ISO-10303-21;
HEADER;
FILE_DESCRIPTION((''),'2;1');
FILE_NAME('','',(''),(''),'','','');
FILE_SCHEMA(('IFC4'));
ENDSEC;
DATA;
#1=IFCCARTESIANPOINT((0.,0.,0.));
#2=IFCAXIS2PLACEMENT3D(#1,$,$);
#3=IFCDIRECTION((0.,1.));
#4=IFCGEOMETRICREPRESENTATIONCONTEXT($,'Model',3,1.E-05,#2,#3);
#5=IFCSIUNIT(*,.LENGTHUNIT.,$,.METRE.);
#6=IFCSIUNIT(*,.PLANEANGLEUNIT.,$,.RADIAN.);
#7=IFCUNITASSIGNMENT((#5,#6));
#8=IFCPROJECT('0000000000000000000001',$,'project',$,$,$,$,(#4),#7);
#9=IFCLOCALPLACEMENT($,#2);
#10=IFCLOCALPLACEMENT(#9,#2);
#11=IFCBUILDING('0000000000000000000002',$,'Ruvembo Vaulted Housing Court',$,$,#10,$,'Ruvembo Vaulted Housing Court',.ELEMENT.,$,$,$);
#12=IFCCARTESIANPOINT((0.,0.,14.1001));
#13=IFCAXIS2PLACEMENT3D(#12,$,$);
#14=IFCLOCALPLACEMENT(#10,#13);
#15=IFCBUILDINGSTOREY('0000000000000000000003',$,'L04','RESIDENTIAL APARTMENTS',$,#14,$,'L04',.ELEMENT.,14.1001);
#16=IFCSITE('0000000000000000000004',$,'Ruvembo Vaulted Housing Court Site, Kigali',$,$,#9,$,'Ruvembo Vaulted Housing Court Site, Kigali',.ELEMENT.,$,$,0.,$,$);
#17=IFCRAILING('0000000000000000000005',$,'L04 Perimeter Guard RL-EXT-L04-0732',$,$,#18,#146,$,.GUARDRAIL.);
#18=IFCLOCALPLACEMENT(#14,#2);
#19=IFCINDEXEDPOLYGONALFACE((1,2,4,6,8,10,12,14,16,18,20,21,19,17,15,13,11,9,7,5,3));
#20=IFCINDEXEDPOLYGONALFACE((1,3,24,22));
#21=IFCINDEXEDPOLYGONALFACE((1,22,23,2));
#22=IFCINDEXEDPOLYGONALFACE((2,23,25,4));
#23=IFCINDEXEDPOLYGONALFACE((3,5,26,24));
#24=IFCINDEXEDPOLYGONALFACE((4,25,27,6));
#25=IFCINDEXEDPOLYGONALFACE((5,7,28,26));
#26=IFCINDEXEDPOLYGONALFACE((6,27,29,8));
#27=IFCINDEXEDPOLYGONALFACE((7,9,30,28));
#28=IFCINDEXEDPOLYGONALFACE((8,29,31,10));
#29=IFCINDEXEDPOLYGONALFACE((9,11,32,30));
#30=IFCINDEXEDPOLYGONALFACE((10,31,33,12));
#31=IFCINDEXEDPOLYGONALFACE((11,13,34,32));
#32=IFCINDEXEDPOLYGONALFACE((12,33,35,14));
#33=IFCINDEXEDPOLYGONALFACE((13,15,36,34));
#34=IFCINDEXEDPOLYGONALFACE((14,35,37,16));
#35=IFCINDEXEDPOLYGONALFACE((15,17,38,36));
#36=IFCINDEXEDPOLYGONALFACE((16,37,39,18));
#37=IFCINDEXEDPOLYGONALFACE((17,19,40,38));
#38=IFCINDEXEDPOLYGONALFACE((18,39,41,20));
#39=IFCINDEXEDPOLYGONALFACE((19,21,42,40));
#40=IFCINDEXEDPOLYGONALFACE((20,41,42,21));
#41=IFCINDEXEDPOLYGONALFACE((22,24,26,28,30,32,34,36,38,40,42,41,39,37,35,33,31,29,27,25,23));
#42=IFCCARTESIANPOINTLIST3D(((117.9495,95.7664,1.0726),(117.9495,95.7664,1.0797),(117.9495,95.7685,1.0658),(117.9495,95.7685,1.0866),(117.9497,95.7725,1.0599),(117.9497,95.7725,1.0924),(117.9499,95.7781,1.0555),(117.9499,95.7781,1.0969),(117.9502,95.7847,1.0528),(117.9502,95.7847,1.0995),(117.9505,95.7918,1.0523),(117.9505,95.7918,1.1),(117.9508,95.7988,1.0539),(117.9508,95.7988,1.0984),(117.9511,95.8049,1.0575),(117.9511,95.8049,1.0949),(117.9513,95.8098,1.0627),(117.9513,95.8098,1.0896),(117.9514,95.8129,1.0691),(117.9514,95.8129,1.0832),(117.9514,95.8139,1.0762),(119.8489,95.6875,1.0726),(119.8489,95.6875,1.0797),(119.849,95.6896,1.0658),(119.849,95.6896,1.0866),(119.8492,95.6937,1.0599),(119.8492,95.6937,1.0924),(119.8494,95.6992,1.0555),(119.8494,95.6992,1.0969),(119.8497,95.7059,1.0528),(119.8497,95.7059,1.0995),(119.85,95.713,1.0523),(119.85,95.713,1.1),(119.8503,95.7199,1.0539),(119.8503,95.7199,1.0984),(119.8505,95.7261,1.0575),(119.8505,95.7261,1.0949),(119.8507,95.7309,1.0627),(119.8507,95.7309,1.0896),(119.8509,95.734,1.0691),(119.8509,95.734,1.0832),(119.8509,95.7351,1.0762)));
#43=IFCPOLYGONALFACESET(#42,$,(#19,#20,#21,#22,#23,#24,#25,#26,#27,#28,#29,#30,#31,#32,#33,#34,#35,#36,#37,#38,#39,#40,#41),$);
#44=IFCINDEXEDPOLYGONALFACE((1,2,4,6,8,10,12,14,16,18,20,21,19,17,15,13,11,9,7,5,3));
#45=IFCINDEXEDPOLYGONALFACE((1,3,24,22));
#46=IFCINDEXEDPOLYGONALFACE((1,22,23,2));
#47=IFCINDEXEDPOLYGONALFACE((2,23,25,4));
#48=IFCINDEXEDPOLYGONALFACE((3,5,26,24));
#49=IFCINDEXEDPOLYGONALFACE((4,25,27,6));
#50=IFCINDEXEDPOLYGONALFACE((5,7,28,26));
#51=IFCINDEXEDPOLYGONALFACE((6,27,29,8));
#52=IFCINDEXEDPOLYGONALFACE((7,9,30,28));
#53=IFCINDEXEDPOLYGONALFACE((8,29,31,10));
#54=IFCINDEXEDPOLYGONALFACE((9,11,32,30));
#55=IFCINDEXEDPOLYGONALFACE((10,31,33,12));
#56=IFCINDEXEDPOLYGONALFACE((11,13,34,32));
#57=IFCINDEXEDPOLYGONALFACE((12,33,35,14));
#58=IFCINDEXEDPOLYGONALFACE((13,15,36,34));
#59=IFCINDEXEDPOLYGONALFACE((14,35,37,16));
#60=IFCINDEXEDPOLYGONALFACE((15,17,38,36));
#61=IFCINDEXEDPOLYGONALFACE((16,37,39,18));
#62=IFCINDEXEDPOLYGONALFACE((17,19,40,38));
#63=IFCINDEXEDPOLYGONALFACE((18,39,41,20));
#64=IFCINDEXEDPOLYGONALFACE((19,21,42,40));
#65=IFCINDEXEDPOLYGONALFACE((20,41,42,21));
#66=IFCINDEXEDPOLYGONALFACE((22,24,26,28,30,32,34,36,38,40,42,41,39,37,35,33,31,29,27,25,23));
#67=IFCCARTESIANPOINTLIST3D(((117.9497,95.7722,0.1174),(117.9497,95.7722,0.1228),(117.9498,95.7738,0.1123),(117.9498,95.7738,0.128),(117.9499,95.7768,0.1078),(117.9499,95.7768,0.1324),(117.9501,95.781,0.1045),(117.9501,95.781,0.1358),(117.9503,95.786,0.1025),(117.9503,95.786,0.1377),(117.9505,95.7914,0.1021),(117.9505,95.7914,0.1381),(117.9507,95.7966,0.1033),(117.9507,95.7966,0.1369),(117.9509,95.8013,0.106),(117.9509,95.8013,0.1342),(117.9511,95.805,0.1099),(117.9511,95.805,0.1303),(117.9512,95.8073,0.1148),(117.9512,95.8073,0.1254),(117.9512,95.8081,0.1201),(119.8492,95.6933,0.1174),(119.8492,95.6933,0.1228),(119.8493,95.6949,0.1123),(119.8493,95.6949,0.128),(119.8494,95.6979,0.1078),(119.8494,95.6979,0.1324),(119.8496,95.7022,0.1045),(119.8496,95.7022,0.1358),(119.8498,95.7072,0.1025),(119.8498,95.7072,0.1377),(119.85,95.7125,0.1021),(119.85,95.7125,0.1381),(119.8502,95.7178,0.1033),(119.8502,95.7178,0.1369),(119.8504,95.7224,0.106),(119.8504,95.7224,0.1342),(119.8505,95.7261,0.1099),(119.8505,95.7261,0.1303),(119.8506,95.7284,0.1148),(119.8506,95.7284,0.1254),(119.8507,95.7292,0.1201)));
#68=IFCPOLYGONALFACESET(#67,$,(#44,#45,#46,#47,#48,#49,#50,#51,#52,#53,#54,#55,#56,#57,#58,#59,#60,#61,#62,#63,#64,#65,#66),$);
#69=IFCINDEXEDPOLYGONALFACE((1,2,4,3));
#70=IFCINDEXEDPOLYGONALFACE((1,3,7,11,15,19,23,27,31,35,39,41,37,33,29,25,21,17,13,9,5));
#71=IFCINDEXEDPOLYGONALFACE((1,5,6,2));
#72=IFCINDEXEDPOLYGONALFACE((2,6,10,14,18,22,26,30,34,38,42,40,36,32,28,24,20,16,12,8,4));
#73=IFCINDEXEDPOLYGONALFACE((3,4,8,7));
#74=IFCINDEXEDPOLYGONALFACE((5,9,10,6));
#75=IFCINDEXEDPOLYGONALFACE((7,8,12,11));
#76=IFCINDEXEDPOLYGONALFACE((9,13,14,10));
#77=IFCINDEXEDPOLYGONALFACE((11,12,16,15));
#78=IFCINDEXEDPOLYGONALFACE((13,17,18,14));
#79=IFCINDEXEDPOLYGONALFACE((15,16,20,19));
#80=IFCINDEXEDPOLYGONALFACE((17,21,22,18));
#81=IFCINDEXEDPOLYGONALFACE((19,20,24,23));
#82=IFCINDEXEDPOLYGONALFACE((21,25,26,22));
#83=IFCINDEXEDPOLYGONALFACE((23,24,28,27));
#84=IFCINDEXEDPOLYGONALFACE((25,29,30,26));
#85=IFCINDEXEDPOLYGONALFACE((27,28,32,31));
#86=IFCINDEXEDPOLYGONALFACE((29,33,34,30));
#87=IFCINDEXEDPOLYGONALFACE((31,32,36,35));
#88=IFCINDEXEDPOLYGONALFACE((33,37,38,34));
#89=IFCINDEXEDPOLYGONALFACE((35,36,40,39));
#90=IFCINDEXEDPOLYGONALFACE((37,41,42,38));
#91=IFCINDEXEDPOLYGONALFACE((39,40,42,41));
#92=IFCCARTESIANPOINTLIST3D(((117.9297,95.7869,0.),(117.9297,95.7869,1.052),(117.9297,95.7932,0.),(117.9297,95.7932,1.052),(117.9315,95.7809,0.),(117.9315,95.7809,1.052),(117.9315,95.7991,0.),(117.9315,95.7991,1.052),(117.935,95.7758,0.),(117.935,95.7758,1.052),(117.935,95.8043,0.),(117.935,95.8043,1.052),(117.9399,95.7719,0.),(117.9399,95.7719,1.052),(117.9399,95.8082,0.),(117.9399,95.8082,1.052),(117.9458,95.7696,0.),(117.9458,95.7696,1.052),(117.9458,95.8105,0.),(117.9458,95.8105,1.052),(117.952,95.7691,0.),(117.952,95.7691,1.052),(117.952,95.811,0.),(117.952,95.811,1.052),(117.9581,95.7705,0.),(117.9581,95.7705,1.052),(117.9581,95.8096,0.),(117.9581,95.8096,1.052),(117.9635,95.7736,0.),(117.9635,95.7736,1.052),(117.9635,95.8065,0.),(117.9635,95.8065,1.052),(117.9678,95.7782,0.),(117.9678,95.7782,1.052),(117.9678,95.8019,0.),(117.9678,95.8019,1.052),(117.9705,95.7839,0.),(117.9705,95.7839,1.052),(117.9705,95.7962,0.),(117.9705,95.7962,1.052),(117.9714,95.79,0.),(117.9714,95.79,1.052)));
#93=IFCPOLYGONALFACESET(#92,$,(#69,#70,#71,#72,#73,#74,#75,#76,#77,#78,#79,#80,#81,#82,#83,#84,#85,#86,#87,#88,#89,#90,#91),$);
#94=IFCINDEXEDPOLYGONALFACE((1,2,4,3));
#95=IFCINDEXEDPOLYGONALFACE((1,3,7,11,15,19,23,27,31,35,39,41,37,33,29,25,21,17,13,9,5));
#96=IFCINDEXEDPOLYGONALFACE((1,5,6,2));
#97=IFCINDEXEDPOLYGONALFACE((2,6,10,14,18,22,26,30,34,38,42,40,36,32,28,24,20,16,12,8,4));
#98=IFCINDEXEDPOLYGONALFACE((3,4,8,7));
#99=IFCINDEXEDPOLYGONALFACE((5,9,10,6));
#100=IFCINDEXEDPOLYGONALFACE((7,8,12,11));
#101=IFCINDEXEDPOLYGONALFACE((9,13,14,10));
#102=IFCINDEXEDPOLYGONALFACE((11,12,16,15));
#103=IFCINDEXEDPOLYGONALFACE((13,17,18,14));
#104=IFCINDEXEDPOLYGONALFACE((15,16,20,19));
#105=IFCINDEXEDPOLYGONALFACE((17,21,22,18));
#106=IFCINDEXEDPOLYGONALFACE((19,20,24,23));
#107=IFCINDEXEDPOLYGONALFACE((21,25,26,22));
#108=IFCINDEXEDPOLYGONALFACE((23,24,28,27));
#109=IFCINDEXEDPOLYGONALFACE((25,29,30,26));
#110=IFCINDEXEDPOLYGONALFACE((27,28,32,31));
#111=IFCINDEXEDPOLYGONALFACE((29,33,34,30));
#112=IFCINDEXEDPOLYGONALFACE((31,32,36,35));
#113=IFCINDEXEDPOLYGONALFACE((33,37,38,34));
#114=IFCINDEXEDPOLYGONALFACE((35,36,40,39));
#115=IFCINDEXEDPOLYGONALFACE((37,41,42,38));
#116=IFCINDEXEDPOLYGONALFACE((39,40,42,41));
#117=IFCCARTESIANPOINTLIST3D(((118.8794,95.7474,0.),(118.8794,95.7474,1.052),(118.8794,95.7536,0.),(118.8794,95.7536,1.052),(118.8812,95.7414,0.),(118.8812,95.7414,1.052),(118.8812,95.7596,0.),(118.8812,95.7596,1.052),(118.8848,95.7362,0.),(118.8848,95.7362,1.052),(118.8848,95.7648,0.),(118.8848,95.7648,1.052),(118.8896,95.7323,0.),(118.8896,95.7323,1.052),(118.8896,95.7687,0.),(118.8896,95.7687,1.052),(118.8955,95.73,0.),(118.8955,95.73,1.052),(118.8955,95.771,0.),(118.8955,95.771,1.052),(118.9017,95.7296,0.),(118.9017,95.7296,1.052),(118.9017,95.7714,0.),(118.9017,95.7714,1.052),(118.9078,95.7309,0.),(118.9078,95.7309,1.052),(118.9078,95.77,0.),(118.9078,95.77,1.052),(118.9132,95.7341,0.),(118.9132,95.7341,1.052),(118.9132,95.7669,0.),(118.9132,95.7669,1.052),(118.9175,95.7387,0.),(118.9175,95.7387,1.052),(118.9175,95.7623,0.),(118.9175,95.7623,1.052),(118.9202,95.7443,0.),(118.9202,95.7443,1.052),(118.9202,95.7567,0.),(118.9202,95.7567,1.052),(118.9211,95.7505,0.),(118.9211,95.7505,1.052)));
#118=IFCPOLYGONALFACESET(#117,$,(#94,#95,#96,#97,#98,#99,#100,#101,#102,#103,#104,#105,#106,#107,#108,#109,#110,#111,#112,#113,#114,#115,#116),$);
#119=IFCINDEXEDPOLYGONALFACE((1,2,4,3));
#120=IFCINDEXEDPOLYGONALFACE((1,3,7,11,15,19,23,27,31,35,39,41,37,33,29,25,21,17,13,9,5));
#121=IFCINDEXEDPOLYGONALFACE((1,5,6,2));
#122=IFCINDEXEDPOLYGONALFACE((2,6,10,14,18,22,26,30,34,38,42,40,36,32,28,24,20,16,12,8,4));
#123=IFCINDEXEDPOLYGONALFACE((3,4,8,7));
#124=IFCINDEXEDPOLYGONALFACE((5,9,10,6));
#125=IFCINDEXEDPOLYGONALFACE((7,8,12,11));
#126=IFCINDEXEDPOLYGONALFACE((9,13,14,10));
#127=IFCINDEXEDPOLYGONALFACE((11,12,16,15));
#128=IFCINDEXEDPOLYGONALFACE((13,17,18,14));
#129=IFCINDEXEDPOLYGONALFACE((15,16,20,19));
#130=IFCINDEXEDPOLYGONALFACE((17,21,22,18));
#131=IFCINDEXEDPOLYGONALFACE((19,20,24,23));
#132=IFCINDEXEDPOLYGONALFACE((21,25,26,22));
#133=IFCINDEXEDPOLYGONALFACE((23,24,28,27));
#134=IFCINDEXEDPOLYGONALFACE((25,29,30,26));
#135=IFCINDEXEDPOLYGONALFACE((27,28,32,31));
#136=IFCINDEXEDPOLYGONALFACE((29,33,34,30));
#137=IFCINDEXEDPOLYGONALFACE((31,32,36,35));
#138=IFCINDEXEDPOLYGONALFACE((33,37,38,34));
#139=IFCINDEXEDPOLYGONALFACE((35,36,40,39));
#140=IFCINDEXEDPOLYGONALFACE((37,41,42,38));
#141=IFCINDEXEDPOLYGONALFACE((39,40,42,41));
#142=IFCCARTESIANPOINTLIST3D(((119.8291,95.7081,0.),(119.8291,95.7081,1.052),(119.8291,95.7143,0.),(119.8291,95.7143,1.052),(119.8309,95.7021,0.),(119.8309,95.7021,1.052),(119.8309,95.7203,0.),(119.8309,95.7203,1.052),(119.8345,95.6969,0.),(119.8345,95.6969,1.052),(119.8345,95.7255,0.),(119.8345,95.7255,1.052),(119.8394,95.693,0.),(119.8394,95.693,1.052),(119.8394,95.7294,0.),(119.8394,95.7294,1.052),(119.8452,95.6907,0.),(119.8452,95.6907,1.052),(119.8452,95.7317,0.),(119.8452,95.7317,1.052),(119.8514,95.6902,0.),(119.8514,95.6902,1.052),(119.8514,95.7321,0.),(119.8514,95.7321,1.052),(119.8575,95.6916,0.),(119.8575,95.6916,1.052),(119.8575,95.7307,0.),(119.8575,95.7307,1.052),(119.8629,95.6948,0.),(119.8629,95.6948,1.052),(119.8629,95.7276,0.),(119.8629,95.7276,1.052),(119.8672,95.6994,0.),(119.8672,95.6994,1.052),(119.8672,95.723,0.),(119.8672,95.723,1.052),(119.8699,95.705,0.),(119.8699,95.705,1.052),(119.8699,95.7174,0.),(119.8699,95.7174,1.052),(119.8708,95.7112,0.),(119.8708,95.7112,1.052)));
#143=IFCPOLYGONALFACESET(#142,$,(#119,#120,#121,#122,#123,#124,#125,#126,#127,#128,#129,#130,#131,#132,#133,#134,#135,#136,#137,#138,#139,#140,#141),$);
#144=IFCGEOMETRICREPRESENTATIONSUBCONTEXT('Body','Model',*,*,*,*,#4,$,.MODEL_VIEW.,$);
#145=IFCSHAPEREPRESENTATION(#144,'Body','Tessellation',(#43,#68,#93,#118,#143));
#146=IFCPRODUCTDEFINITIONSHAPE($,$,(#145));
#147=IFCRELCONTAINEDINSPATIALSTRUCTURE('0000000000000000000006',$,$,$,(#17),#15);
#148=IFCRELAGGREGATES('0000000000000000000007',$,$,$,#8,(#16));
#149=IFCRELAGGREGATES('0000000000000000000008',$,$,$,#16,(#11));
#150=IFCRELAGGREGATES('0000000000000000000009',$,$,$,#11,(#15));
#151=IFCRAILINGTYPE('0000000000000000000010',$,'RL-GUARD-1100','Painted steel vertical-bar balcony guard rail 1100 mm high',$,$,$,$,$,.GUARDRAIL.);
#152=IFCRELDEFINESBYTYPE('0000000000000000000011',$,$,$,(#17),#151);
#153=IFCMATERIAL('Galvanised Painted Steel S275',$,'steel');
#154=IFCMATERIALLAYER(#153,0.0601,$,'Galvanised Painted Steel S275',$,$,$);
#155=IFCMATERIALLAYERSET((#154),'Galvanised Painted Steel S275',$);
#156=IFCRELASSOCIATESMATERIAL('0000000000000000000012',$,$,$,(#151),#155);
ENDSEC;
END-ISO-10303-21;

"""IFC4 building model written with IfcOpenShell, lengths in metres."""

from ifc_helpers import new_model, si_unit, direction, frame, origin, origin_2d, place, context, subcontext, project, spatial, circle, extrude, material, layer, layer_set, type_object, element, save


model = new_model("IFC4")

# Units and contexts
model_context = context("Model", 3, precision=1e-05, world=origin(), true_north=direction((0.0, 1.0)))
body_context = subcontext(model_context, "Body", "Model", "MODEL_VIEW")
ifc_project = project(units=[si_unit("LENGTHUNIT", "METRE"), si_unit("PLANEANGLEUNIT", "RADIAN")], contexts=[model_context])

# Site, building, storey
site_placement = place(None, origin())
site = spatial("IfcSite", under=ifc_project, at=site_placement, Name="Ruvembo Vaulted Housing Court Site, Kigali", LongName="Ruvembo Vaulted Housing Court Site, Kigali", CompositionType="ELEMENT", RefElevation=0.0)
building_placement = place(site_placement, origin())
building = spatial("IfcBuilding", under=site, at=building_placement, Name="Ruvembo Vaulted Housing Court", LongName="Ruvembo Vaulted Housing Court", CompositionType="ELEMENT")
storey_placement = place(building_placement, frame((0.0, 0.0, 14.1001)))
storey = spatial("IfcBuildingStorey", under=building, at=storey_placement, Name="L04", Description="RESIDENTIAL APARTMENTS", LongName="L04", CompositionType="ELEMENT", Elevation=14.1001)

# Railing
ifc_material_1 = material(Name="Galvanised Painted Steel S275", Category="steel")
ifc_layer_1 = layer(ifc_material_1, 0.0601, Name="Galvanised Painted Steel S275")
ifc_layer_set_1 = layer_set([ifc_layer_1], Name="Galvanised Painted Steel S275")
railing_type = type_object("IfcRailingType", Name="RL-GUARD-1100", Description="Painted steel vertical-bar balcony guard rail 1100 mm high", PredefinedType="GUARDRAIL", material=ifc_layer_set_1)
railing_placement = place(storey_placement, frame((117.9504, 95.79, 0.0)))
element("IfcRailing", 1, at=railing_placement, inside=storey, type_object=railing_type, Name="L04 Perimeter Guard RL-EXT-L04-0732", PredefinedType="GUARDRAIL", context=body_context, shape_type="SweptSolid", body=[
    extrude(circle(Radius=0.0239, at=origin_2d()), frame((0.0, 0.0, 1.0762), z_axis=(0.999139, -0.041481, 0.0), x_axis=(0.041481, 0.999139, 0.0)), (0.0, 0.0, 1.0), 1.9011),
    extrude(circle(Radius=0.0181, at=origin_2d()), frame((0.0, 0.0, 0.1201), z_axis=(0.999139, -0.041481, 0.0), x_axis=(0.041481, 0.999139, 0.0)), (0.0, 0.0, 1.0), 1.9011),
    extrude(circle(Radius=0.021, at=origin_2d()), origin(), (0.0, 0.0, 1.0), 1.052),
    extrude(circle(Radius=0.021, at=origin_2d()), frame((0.9497, -0.0396, 0.0)), (0.0, 0.0, 1.0), 1.052),
    extrude(circle(Radius=0.021, at=origin_2d()), frame((1.8994, -0.0789, 0.0)), (0.0, 0.0, 1.0), 1.052),
])

save(model, "model.ifc")
